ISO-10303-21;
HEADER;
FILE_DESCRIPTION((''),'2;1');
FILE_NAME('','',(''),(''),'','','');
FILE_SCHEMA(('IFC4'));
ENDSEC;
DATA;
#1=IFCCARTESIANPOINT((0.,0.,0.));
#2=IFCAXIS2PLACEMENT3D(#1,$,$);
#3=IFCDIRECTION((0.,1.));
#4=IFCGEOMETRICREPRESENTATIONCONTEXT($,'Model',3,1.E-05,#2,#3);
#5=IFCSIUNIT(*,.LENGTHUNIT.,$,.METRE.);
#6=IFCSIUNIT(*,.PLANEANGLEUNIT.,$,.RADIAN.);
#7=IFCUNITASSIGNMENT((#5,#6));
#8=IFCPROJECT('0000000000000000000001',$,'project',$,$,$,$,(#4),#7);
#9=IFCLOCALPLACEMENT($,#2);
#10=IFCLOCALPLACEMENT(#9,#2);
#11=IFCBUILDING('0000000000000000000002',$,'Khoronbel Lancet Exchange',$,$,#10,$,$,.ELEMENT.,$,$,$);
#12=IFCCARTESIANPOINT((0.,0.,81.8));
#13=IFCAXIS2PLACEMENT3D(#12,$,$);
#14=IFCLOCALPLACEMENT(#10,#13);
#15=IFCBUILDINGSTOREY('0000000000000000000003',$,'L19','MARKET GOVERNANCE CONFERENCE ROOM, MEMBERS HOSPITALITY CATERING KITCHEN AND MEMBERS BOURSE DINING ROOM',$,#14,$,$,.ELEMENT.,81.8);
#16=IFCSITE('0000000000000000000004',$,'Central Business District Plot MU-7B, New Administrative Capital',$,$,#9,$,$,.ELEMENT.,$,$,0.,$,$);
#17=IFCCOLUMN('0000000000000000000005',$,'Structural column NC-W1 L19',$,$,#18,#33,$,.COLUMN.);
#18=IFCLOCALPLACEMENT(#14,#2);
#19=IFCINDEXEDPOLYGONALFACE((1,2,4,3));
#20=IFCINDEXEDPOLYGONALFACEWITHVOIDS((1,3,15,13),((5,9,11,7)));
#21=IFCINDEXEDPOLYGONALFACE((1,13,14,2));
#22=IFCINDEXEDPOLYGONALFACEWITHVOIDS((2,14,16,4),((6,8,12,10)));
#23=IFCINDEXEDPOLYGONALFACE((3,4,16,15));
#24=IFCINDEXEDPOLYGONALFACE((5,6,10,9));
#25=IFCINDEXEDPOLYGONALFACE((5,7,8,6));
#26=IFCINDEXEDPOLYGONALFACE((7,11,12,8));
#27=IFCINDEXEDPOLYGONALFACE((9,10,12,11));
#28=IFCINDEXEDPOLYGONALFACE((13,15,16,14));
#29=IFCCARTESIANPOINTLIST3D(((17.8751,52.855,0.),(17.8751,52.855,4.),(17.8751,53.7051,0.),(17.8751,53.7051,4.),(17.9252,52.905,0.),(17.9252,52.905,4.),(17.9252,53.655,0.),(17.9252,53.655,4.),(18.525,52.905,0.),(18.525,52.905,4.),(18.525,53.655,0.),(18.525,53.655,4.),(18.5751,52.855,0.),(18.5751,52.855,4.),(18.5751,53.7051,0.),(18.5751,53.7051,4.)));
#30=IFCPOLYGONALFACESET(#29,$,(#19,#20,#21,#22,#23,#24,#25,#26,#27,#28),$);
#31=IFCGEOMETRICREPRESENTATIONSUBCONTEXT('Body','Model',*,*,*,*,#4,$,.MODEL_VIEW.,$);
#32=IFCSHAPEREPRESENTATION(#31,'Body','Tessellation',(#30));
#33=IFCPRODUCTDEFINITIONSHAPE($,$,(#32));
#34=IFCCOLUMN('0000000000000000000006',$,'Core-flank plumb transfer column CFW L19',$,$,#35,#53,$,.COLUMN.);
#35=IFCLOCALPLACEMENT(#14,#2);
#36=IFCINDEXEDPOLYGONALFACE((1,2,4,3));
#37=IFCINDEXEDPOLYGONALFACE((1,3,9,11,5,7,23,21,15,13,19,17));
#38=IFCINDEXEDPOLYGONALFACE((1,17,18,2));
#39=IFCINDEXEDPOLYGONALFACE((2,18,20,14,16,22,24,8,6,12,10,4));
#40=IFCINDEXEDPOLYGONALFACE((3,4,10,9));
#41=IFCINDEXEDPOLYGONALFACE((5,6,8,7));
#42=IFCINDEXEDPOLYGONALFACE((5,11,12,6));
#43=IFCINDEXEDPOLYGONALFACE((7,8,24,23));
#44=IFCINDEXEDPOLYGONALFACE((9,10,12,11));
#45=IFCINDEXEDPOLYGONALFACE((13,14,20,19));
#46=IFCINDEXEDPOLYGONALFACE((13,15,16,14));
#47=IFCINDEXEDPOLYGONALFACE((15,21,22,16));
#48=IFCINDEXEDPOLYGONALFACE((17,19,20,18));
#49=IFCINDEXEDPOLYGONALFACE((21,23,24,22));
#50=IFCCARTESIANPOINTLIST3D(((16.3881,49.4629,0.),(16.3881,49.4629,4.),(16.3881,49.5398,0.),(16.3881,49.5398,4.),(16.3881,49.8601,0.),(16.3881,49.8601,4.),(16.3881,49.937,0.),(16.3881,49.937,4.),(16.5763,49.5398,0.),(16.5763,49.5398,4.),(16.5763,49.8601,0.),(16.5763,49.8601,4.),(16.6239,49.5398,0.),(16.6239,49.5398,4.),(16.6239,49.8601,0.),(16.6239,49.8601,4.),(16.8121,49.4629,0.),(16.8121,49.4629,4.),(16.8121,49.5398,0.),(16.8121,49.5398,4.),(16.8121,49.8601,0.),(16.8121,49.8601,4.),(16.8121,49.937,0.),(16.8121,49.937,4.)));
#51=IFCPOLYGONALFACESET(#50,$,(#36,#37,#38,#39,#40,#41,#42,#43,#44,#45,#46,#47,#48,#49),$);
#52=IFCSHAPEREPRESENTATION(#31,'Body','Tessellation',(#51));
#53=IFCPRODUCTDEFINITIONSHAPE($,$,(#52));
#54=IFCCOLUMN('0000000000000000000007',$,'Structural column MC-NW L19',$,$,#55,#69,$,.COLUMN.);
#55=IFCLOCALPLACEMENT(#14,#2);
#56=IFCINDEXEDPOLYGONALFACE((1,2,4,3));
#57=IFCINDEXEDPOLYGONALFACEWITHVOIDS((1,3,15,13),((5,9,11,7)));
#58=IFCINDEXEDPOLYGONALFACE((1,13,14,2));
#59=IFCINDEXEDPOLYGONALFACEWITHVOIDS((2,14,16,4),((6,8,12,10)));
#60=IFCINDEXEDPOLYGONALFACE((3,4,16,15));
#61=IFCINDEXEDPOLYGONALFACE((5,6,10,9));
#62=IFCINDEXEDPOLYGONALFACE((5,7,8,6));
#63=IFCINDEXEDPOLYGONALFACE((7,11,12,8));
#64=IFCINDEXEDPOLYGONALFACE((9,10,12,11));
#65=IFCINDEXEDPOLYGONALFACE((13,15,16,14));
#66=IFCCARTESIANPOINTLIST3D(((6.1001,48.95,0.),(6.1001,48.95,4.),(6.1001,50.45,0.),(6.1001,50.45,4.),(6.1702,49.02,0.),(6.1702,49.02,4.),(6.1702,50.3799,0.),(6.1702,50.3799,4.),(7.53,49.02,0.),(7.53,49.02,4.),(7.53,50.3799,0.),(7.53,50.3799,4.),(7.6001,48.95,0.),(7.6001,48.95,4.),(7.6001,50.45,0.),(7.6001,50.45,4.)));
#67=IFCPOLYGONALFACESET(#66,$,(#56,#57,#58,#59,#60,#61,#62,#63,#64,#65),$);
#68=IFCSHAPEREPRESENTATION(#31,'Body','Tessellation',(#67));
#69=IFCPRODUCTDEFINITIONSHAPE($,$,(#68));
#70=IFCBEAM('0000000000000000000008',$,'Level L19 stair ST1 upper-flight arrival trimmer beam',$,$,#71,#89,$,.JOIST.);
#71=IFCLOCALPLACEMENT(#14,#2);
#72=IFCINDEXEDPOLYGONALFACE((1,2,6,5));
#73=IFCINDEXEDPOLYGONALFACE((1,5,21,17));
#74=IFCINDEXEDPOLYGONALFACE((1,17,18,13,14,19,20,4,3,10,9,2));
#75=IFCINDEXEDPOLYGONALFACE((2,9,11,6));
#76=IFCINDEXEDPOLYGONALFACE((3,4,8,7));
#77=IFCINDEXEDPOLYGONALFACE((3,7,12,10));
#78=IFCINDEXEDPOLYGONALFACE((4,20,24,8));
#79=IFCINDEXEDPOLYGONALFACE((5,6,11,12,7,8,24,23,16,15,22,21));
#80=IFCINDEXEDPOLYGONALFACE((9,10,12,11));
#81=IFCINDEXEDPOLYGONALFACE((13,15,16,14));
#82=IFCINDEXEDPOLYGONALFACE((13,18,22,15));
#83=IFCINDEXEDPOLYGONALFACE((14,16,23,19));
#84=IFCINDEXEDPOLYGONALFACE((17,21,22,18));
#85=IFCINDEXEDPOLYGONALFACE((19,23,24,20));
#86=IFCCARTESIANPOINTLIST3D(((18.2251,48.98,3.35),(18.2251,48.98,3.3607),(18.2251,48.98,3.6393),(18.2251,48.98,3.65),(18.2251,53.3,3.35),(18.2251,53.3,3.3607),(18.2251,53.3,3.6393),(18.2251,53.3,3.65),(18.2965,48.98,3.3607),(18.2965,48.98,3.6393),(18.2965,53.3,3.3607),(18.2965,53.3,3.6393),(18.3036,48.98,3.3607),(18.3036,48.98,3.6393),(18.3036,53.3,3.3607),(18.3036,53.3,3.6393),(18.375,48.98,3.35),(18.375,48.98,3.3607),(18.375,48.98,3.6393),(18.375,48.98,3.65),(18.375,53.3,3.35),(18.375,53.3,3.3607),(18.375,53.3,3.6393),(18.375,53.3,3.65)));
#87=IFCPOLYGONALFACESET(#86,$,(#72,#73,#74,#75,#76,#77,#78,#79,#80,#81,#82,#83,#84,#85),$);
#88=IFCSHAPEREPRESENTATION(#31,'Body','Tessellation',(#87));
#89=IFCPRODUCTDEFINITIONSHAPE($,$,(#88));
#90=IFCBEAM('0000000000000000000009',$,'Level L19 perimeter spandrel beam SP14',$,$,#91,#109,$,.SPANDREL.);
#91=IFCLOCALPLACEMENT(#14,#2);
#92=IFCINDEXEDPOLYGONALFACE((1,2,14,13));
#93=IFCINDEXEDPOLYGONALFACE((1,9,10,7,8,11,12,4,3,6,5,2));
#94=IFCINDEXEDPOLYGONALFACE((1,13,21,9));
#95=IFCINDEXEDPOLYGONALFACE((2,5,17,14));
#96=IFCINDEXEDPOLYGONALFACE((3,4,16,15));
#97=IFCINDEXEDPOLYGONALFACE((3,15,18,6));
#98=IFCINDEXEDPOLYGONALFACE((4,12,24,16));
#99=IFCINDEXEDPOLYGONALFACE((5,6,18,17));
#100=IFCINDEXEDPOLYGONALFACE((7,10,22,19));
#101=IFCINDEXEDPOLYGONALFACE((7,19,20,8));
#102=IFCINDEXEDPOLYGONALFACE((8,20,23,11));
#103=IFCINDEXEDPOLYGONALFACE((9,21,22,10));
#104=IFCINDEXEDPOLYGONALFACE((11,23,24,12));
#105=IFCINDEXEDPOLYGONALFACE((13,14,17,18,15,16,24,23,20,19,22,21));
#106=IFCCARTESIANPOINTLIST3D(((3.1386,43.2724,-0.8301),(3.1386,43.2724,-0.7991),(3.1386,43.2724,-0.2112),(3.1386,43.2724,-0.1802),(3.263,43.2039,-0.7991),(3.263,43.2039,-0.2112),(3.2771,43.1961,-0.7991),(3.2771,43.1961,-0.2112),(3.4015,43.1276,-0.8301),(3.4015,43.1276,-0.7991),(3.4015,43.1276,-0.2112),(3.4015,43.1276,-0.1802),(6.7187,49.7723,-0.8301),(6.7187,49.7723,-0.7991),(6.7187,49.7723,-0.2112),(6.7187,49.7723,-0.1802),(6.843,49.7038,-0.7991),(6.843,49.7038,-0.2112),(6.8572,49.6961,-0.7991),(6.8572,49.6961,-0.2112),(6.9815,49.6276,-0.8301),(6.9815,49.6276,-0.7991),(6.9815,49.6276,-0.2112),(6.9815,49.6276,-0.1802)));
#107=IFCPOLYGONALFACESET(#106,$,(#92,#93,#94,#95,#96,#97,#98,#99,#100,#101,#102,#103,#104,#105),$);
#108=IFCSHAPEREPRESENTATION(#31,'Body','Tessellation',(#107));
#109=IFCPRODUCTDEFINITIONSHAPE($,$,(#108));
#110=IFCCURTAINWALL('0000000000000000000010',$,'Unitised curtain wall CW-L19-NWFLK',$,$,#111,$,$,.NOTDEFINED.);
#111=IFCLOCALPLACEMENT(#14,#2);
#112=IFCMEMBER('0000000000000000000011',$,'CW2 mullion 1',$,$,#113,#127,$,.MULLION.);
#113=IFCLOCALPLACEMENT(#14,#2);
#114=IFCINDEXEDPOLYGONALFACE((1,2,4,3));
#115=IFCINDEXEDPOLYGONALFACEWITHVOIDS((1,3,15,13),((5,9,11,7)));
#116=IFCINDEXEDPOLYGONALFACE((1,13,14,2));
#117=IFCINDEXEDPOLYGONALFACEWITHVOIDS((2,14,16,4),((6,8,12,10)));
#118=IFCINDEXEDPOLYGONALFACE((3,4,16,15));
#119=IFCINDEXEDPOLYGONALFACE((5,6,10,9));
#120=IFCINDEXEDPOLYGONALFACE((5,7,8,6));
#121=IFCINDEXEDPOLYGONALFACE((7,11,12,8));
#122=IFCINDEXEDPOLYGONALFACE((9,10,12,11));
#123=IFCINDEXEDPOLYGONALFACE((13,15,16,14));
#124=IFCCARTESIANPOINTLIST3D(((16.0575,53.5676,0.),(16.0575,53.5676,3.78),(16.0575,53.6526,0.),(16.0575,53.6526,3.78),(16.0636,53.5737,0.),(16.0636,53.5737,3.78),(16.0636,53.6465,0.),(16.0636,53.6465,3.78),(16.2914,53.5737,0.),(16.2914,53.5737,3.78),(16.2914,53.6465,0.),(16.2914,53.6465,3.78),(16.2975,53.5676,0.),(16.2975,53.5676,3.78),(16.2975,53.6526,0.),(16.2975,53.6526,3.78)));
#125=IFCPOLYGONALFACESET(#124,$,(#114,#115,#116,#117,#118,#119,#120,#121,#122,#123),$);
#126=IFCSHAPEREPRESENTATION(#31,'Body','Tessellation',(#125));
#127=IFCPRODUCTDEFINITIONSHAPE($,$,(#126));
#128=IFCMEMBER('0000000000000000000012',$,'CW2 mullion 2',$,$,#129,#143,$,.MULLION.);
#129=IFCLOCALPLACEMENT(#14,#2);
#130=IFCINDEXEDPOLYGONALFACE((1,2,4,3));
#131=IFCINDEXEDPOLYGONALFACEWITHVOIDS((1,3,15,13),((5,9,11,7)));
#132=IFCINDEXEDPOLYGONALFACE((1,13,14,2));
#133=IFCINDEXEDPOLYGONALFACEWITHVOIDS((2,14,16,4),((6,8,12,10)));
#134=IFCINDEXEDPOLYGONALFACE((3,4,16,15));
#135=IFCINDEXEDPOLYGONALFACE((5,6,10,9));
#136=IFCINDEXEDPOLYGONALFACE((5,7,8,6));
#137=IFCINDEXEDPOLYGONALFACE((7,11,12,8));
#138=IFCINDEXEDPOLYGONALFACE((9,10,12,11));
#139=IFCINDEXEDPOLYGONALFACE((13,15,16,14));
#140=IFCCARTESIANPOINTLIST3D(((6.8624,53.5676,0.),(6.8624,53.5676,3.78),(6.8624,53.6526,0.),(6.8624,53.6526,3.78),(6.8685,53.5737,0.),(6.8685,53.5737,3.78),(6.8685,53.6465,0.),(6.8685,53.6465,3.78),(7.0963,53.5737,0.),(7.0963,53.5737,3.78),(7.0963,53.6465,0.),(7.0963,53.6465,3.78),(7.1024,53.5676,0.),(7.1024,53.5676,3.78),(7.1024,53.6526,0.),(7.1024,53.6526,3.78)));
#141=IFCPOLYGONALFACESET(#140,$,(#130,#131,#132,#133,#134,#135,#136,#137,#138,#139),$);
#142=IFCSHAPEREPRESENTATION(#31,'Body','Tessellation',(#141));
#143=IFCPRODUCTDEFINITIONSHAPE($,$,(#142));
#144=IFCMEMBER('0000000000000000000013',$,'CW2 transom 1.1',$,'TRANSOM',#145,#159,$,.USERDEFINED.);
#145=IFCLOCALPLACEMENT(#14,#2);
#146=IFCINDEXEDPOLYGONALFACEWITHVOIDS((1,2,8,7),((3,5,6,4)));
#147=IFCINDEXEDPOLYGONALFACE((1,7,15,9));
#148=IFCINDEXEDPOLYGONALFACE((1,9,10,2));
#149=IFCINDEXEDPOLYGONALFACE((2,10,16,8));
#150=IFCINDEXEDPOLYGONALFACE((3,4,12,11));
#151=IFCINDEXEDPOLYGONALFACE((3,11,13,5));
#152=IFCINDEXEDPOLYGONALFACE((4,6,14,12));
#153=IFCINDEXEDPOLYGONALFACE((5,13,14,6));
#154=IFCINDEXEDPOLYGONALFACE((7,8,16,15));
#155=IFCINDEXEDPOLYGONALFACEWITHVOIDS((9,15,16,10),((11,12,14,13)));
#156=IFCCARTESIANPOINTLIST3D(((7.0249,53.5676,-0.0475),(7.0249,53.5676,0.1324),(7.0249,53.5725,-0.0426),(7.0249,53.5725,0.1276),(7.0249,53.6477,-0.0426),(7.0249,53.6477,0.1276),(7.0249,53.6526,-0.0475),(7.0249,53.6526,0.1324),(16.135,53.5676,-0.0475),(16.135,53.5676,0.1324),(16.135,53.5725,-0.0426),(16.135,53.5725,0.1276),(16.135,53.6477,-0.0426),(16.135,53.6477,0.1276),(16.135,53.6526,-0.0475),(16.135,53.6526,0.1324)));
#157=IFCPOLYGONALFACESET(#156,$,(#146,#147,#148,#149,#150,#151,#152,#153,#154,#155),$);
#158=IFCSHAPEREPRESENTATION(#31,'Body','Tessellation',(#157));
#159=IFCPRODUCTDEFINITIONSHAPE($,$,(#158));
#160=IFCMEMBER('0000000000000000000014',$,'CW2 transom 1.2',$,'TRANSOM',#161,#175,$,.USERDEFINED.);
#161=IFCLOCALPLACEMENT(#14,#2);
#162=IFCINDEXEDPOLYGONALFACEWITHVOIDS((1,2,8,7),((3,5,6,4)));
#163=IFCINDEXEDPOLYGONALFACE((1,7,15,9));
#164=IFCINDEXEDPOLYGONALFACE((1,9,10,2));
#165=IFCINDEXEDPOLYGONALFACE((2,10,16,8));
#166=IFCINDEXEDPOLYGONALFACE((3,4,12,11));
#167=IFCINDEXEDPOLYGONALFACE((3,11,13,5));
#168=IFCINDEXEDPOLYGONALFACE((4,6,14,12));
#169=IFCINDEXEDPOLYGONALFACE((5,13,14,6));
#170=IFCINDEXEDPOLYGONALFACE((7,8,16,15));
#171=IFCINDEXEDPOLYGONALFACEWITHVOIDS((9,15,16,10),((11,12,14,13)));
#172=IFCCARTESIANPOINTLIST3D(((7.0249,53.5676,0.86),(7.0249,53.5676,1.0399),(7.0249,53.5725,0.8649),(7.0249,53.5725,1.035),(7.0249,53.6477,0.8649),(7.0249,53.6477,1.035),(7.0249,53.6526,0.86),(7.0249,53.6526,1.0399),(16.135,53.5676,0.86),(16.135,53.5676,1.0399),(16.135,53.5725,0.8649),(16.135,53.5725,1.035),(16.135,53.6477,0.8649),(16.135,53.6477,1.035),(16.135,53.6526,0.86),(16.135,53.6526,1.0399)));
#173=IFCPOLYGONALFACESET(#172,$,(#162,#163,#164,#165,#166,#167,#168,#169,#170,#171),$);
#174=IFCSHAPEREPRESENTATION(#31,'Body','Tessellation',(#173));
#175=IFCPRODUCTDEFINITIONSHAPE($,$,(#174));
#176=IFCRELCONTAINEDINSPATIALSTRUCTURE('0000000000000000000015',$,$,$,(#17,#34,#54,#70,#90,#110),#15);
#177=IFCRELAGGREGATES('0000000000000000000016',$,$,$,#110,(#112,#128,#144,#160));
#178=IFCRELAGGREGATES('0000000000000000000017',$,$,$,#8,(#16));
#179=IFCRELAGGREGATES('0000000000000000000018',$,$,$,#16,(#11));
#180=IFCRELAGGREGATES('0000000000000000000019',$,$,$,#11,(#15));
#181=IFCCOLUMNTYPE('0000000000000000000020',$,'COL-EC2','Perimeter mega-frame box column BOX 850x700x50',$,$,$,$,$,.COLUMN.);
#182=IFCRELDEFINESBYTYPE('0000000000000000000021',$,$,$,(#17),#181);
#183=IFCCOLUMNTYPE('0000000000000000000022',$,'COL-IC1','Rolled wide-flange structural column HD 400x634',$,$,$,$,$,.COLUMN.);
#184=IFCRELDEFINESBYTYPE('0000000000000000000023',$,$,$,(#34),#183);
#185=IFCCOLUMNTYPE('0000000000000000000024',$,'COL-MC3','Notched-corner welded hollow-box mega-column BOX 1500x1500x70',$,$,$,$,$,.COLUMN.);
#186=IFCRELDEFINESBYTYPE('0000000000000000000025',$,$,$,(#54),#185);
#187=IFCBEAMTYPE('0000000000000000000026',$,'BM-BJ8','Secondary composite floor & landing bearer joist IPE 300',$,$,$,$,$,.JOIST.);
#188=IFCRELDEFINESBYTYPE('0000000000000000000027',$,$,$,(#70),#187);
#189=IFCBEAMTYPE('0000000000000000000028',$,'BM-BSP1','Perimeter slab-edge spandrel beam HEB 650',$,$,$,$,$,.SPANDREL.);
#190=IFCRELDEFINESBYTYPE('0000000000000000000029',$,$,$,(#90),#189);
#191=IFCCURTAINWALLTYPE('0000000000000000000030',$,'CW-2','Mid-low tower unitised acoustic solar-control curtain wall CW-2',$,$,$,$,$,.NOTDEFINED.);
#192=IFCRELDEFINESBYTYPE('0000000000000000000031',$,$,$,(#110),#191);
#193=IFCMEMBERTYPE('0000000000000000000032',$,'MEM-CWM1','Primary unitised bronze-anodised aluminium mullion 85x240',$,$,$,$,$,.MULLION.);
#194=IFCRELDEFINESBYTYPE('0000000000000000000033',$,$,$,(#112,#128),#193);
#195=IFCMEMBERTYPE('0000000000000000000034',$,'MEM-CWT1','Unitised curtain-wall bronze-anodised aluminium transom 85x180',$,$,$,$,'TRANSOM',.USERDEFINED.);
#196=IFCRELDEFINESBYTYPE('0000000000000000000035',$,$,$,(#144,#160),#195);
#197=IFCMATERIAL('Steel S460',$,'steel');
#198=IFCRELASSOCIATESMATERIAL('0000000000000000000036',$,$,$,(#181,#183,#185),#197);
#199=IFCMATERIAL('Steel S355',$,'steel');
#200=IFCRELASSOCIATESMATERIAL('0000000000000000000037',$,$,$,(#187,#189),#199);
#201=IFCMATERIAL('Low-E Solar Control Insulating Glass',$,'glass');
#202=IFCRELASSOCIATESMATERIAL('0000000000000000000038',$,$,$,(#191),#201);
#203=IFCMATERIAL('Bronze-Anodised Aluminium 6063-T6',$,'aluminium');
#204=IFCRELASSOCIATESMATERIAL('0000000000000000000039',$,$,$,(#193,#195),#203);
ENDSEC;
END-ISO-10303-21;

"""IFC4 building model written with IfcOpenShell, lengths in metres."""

from ifc_helpers import new_model, si_unit, direction, frame, origin, origin_2d, place, context, subcontext, project, spatial, hollow_rectangle, i_section, extrude, material, material_profile, profile_set, type_object, element, aggregate, save


model = new_model("IFC4")

# Units and contexts
model_context = context("Model", 3, precision=1e-05, world=origin(), true_north=direction((0.0, 1.0)))
body_context = subcontext(model_context, "Body", "Model", "MODEL_VIEW")
ifc_project = project(units=[si_unit("LENGTHUNIT", "METRE"), si_unit("PLANEANGLEUNIT", "RADIAN")], contexts=[model_context])

# Site, building, storey
site_placement = place(None, origin())
site = spatial("IfcSite", under=ifc_project, at=site_placement, Name="Central Business District Plot MU-7B, New Administrative Capital", CompositionType="ELEMENT", RefElevation=0.0)
building_placement = place(site_placement, origin())
building = spatial("IfcBuilding", under=site, at=building_placement, Name="Khoronbel Lancet Exchange", CompositionType="ELEMENT")
storey_placement = place(building_placement, frame((0.0, 0.0, 81.8)))
storey = spatial("IfcBuildingStorey", under=building, at=storey_placement, Name="L19", Description="MARKET GOVERNANCE CONFERENCE ROOM, MEMBERS HOSPITALITY CATERING KITCHEN AND MEMBERS BOURSE DINING ROOM", CompositionType="ELEMENT", Elevation=81.8)

# Columns
ifc_material_1 = material(Name="Steel S460", Category="steel")
ifc_material_profile_1 = material_profile(ifc_material_1, hollow_rectangle(XDim=0.7, YDim=0.8501, WallThickness=0.05, at=origin_2d()), Name="BOX 850x700x50")
ifc_profile_set_1 = profile_set([ifc_material_profile_1], Name="Steel S460")
column_type_1 = type_object("IfcColumnType", Name="COL-EC2", Description="Perimeter mega-frame box column BOX 850x700x50", PredefinedType="COLUMN", material=ifc_profile_set_1)
column_1_placement = place(storey_placement, frame((18.2251, 53.28, 0.0), z_axis=(0.0, 0.0, 1.0), x_axis=(1.0, 0.0, 0.0)))
element("IfcColumn", 1, at=column_1_placement, inside=storey, type_object=column_type_1, Name="Structural column NC-W1 L19", PredefinedType="COLUMN", context=body_context, shape_type="SweptSolid", body=[
    extrude(hollow_rectangle(XDim=0.7, YDim=0.8501, WallThickness=0.05, at=origin_2d()), origin(), (0.0, 0.0, 1.0), 4.0),
])
ifc_material_profile_2 = material_profile(ifc_material_1, i_section(OverallWidth=0.4241, OverallDepth=0.4741, WebThickness=0.0476, FlangeThickness=0.0769, at=origin_2d()), Name="HD 400x634")
ifc_profile_set_2 = profile_set([ifc_material_profile_2], Name="Steel S460")
column_type_2 = type_object("IfcColumnType", Name="COL-IC1", Description="Rolled wide-flange structural column HD 400x634", PredefinedType="COLUMN", material=ifc_profile_set_2)
column_2_placement = place(storey_placement, frame((16.6001, 49.7, 0.0), z_axis=(0.0, 0.0, 1.0), x_axis=(1.0, 0.0, 0.0)))
element("IfcColumn", 2, at=column_2_placement, inside=storey, type_object=column_type_2, Name="Core-flank plumb transfer column CFW L19", PredefinedType="COLUMN", context=body_context, shape_type="SweptSolid", body=[
    extrude(i_section(OverallWidth=0.4241, OverallDepth=0.4741, WebThickness=0.0476, FlangeThickness=0.0769, at=origin_2d()), origin(), (0.0, 0.0, 1.0), 4.0),
])
ifc_material_profile_3 = material_profile(ifc_material_1, hollow_rectangle(XDim=1.5, YDim=1.5, WallThickness=0.0701, at=origin_2d()), Name="BOX 1500x1500x70")
ifc_profile_set_3 = profile_set([ifc_material_profile_3], Name="Steel S460")
column_type_3 = type_object("IfcColumnType", Name="COL-MC3", Description="Notched-corner welded hollow-box mega-column BOX 1500x1500x70", PredefinedType="COLUMN", material=ifc_profile_set_3)
column_3_placement = place(storey_placement, frame((6.8501, 49.7, 0.0), z_axis=(0.0, 0.0, 1.0), x_axis=(1.0, 0.0, 0.0)))
element("IfcColumn", 3, at=column_3_placement, inside=storey, type_object=column_type_3, Name="Structural column MC-NW L19", PredefinedType="COLUMN", context=body_context, shape_type="SweptSolid", body=[
    extrude(hollow_rectangle(XDim=1.5, YDim=1.5, WallThickness=0.0701, at=origin_2d()), origin(), (0.0, 0.0, 1.0), 4.0),
])

# Beams
ifc_material_2 = material(Name="Steel S355", Category="steel")
ifc_material_profile_4 = material_profile(ifc_material_2, i_section(OverallWidth=0.1499, OverallDepth=0.3, WebThickness=0.0071, FlangeThickness=0.0107, at=origin_2d()), Name="IPE 300")
ifc_profile_set_4 = profile_set([ifc_material_profile_4], Name="Steel S355")
beam_type_1 = type_object("IfcBeamType", Name="BM-BJ8", Description="Secondary composite floor & landing bearer joist IPE 300", PredefinedType="JOIST", material=ifc_profile_set_4)
beam_1_placement = place(storey_placement, frame((18.3, 48.98, 3.5), z_axis=(0.0, 1.0, 0.0), x_axis=(-1.0, 0.0, 0.0)))
element("IfcBeam", 4, at=beam_1_placement, inside=storey, type_object=beam_type_1, Name="Level L19 stair ST1 upper-flight arrival trimmer beam", PredefinedType="JOIST", context=body_context, shape_type="SweptSolid", body=[
    extrude(i_section(OverallWidth=0.1499, OverallDepth=0.3, WebThickness=0.0071, FlangeThickness=0.0107, at=origin_2d()), origin(), (0.0, 0.0, 1.0), 4.3201),
])
ifc_material_profile_5 = material_profile(ifc_material_2, i_section(OverallWidth=0.3, OverallDepth=0.6499, WebThickness=0.0161, FlangeThickness=0.031, at=origin_2d()), Name="HEB 650")
ifc_profile_set_5 = profile_set([ifc_material_profile_5], Name="Steel S355")
beam_type_2 = type_object("IfcBeamType", Name="BM-BSP1", Description="Perimeter slab-edge spandrel beam HEB 650", PredefinedType="SPANDREL", material=ifc_profile_set_5)
beam_2_placement = place(storey_placement, frame((6.8501, 49.7, -0.5051), z_axis=(-0.482444, -0.875927, 0.0), x_axis=(0.875927, -0.482444, 0.0)))
element("IfcBeam", 5, at=beam_2_placement, inside=storey, type_object=beam_type_2, Name="Level L19 perimeter spandrel beam SP14", PredefinedType="SPANDREL", context=body_context, shape_type="SweptSolid", body=[
    extrude(i_section(OverallWidth=0.3, OverallDepth=0.6499, WebThickness=0.0161, FlangeThickness=0.031, at=origin_2d()), origin(), (0.0, 0.0, 1.0), 7.4207),
])

# Curtain wall, members
ifc_material_3 = material(Name="Low-E Solar Control Insulating Glass", Category="glass")
curtain_wall_type = type_object("IfcCurtainWallType", Name="CW-2", Description="Mid-low tower unitised acoustic solar-control curtain wall CW-2", PredefinedType="NOTDEFINED", material=ifc_material_3)
curtain_wall_placement = place(storey_placement, origin())
curtain_wall = element("IfcCurtainWall", 6, at=curtain_wall_placement, inside=storey, type_object=curtain_wall_type, Name="Unitised curtain wall CW-L19-NWFLK", PredefinedType="NOTDEFINED")
ifc_material_4 = material(Name="Bronze-Anodised Aluminium 6063-T6", Category="aluminium")
ifc_material_profile_6 = material_profile(ifc_material_4, hollow_rectangle(XDim=0.085, YDim=0.24, WallThickness=0.0061, at=origin_2d()), Name="ALU MULLION 85x240")
ifc_profile_set_6 = profile_set([ifc_material_profile_6], Name="Bronze-Anodised Aluminium 6063-T6")
member_type_1 = type_object("IfcMemberType", Name="MEM-CWM1", Description="Primary unitised bronze-anodised aluminium mullion 85x240", PredefinedType="MULLION", material=ifc_profile_set_6)
member_1_placement = place(storey_placement, frame((16.1775, 53.6101, 0.0), z_axis=(0.0, 0.0, 1.0), x_axis=(0.0, -1.0, 0.0)))
member_1 = element("IfcMember", 7, at=member_1_placement, type_object=member_type_1, Name="CW2 mullion 1", PredefinedType="MULLION", context=body_context, shape_type="SweptSolid", body=[
    extrude(hollow_rectangle(XDim=0.085, YDim=0.24, WallThickness=0.0061, at=origin_2d()), origin(), (0.0, 0.0, 1.0), 3.78),
])
member_2_placement = place(storey_placement, frame((6.9824, 53.6101, 0.0), z_axis=(0.0, 0.0, 1.0), x_axis=(0.0, -1.0, 0.0)))
member_2 = element("IfcMember", 8, at=member_2_placement, type_object=member_type_1, Name="CW2 mullion 2", PredefinedType="MULLION", context=body_context, shape_type="SweptSolid", body=[
    extrude(hollow_rectangle(XDim=0.085, YDim=0.24, WallThickness=0.0061, at=origin_2d()), origin(), (0.0, 0.0, 1.0), 3.78),
])
ifc_material_profile_7 = material_profile(ifc_material_4, hollow_rectangle(XDim=0.085, YDim=0.1799, WallThickness=0.0049, at=origin_2d()), Name="ALU TRANSOM 85x180")
ifc_profile_set_7 = profile_set([ifc_material_profile_7], Name="Bronze-Anodised Aluminium 6063-T6")
member_type_2 = type_object("IfcMemberType", Name="MEM-CWT1", Description="Unitised curtain-wall bronze-anodised aluminium transom 85x180", ElementType="TRANSOM", PredefinedType="USERDEFINED", material=ifc_profile_set_7)
member_3_placement = place(storey_placement, frame((16.135, 53.6101, 0.0425), z_axis=(-1.0, 0.0, 0.0), x_axis=(0.0, -1.0, 0.0)))
member_3 = element("IfcMember", 9, at=member_3_placement, type_object=member_type_2, Name="CW2 transom 1.1", ObjectType="TRANSOM", PredefinedType="USERDEFINED", context=body_context, shape_type="SweptSolid", body=[
    extrude(hollow_rectangle(XDim=0.085, YDim=0.1799, WallThickness=0.0049, at=origin_2d()), origin(), (0.0, 0.0, 1.0), 9.1101),
])
member_4_placement = place(storey_placement, frame((16.135, 53.6101, 0.95), z_axis=(-1.0, 0.0, 0.0), x_axis=(0.0, -1.0, 0.0)))
member_4 = element("IfcMember", 10, at=member_4_placement, type_object=member_type_2, Name="CW2 transom 1.2", ObjectType="TRANSOM", PredefinedType="USERDEFINED", context=body_context, shape_type="SweptSolid", body=[
    extrude(hollow_rectangle(XDim=0.085, YDim=0.1799, WallThickness=0.0049, at=origin_2d()), origin(), (0.0, 0.0, 1.0), 9.1101),
])

aggregate(curtain_wall, [member_1, member_2, member_3, member_4])

save(model, "model.ifc")
